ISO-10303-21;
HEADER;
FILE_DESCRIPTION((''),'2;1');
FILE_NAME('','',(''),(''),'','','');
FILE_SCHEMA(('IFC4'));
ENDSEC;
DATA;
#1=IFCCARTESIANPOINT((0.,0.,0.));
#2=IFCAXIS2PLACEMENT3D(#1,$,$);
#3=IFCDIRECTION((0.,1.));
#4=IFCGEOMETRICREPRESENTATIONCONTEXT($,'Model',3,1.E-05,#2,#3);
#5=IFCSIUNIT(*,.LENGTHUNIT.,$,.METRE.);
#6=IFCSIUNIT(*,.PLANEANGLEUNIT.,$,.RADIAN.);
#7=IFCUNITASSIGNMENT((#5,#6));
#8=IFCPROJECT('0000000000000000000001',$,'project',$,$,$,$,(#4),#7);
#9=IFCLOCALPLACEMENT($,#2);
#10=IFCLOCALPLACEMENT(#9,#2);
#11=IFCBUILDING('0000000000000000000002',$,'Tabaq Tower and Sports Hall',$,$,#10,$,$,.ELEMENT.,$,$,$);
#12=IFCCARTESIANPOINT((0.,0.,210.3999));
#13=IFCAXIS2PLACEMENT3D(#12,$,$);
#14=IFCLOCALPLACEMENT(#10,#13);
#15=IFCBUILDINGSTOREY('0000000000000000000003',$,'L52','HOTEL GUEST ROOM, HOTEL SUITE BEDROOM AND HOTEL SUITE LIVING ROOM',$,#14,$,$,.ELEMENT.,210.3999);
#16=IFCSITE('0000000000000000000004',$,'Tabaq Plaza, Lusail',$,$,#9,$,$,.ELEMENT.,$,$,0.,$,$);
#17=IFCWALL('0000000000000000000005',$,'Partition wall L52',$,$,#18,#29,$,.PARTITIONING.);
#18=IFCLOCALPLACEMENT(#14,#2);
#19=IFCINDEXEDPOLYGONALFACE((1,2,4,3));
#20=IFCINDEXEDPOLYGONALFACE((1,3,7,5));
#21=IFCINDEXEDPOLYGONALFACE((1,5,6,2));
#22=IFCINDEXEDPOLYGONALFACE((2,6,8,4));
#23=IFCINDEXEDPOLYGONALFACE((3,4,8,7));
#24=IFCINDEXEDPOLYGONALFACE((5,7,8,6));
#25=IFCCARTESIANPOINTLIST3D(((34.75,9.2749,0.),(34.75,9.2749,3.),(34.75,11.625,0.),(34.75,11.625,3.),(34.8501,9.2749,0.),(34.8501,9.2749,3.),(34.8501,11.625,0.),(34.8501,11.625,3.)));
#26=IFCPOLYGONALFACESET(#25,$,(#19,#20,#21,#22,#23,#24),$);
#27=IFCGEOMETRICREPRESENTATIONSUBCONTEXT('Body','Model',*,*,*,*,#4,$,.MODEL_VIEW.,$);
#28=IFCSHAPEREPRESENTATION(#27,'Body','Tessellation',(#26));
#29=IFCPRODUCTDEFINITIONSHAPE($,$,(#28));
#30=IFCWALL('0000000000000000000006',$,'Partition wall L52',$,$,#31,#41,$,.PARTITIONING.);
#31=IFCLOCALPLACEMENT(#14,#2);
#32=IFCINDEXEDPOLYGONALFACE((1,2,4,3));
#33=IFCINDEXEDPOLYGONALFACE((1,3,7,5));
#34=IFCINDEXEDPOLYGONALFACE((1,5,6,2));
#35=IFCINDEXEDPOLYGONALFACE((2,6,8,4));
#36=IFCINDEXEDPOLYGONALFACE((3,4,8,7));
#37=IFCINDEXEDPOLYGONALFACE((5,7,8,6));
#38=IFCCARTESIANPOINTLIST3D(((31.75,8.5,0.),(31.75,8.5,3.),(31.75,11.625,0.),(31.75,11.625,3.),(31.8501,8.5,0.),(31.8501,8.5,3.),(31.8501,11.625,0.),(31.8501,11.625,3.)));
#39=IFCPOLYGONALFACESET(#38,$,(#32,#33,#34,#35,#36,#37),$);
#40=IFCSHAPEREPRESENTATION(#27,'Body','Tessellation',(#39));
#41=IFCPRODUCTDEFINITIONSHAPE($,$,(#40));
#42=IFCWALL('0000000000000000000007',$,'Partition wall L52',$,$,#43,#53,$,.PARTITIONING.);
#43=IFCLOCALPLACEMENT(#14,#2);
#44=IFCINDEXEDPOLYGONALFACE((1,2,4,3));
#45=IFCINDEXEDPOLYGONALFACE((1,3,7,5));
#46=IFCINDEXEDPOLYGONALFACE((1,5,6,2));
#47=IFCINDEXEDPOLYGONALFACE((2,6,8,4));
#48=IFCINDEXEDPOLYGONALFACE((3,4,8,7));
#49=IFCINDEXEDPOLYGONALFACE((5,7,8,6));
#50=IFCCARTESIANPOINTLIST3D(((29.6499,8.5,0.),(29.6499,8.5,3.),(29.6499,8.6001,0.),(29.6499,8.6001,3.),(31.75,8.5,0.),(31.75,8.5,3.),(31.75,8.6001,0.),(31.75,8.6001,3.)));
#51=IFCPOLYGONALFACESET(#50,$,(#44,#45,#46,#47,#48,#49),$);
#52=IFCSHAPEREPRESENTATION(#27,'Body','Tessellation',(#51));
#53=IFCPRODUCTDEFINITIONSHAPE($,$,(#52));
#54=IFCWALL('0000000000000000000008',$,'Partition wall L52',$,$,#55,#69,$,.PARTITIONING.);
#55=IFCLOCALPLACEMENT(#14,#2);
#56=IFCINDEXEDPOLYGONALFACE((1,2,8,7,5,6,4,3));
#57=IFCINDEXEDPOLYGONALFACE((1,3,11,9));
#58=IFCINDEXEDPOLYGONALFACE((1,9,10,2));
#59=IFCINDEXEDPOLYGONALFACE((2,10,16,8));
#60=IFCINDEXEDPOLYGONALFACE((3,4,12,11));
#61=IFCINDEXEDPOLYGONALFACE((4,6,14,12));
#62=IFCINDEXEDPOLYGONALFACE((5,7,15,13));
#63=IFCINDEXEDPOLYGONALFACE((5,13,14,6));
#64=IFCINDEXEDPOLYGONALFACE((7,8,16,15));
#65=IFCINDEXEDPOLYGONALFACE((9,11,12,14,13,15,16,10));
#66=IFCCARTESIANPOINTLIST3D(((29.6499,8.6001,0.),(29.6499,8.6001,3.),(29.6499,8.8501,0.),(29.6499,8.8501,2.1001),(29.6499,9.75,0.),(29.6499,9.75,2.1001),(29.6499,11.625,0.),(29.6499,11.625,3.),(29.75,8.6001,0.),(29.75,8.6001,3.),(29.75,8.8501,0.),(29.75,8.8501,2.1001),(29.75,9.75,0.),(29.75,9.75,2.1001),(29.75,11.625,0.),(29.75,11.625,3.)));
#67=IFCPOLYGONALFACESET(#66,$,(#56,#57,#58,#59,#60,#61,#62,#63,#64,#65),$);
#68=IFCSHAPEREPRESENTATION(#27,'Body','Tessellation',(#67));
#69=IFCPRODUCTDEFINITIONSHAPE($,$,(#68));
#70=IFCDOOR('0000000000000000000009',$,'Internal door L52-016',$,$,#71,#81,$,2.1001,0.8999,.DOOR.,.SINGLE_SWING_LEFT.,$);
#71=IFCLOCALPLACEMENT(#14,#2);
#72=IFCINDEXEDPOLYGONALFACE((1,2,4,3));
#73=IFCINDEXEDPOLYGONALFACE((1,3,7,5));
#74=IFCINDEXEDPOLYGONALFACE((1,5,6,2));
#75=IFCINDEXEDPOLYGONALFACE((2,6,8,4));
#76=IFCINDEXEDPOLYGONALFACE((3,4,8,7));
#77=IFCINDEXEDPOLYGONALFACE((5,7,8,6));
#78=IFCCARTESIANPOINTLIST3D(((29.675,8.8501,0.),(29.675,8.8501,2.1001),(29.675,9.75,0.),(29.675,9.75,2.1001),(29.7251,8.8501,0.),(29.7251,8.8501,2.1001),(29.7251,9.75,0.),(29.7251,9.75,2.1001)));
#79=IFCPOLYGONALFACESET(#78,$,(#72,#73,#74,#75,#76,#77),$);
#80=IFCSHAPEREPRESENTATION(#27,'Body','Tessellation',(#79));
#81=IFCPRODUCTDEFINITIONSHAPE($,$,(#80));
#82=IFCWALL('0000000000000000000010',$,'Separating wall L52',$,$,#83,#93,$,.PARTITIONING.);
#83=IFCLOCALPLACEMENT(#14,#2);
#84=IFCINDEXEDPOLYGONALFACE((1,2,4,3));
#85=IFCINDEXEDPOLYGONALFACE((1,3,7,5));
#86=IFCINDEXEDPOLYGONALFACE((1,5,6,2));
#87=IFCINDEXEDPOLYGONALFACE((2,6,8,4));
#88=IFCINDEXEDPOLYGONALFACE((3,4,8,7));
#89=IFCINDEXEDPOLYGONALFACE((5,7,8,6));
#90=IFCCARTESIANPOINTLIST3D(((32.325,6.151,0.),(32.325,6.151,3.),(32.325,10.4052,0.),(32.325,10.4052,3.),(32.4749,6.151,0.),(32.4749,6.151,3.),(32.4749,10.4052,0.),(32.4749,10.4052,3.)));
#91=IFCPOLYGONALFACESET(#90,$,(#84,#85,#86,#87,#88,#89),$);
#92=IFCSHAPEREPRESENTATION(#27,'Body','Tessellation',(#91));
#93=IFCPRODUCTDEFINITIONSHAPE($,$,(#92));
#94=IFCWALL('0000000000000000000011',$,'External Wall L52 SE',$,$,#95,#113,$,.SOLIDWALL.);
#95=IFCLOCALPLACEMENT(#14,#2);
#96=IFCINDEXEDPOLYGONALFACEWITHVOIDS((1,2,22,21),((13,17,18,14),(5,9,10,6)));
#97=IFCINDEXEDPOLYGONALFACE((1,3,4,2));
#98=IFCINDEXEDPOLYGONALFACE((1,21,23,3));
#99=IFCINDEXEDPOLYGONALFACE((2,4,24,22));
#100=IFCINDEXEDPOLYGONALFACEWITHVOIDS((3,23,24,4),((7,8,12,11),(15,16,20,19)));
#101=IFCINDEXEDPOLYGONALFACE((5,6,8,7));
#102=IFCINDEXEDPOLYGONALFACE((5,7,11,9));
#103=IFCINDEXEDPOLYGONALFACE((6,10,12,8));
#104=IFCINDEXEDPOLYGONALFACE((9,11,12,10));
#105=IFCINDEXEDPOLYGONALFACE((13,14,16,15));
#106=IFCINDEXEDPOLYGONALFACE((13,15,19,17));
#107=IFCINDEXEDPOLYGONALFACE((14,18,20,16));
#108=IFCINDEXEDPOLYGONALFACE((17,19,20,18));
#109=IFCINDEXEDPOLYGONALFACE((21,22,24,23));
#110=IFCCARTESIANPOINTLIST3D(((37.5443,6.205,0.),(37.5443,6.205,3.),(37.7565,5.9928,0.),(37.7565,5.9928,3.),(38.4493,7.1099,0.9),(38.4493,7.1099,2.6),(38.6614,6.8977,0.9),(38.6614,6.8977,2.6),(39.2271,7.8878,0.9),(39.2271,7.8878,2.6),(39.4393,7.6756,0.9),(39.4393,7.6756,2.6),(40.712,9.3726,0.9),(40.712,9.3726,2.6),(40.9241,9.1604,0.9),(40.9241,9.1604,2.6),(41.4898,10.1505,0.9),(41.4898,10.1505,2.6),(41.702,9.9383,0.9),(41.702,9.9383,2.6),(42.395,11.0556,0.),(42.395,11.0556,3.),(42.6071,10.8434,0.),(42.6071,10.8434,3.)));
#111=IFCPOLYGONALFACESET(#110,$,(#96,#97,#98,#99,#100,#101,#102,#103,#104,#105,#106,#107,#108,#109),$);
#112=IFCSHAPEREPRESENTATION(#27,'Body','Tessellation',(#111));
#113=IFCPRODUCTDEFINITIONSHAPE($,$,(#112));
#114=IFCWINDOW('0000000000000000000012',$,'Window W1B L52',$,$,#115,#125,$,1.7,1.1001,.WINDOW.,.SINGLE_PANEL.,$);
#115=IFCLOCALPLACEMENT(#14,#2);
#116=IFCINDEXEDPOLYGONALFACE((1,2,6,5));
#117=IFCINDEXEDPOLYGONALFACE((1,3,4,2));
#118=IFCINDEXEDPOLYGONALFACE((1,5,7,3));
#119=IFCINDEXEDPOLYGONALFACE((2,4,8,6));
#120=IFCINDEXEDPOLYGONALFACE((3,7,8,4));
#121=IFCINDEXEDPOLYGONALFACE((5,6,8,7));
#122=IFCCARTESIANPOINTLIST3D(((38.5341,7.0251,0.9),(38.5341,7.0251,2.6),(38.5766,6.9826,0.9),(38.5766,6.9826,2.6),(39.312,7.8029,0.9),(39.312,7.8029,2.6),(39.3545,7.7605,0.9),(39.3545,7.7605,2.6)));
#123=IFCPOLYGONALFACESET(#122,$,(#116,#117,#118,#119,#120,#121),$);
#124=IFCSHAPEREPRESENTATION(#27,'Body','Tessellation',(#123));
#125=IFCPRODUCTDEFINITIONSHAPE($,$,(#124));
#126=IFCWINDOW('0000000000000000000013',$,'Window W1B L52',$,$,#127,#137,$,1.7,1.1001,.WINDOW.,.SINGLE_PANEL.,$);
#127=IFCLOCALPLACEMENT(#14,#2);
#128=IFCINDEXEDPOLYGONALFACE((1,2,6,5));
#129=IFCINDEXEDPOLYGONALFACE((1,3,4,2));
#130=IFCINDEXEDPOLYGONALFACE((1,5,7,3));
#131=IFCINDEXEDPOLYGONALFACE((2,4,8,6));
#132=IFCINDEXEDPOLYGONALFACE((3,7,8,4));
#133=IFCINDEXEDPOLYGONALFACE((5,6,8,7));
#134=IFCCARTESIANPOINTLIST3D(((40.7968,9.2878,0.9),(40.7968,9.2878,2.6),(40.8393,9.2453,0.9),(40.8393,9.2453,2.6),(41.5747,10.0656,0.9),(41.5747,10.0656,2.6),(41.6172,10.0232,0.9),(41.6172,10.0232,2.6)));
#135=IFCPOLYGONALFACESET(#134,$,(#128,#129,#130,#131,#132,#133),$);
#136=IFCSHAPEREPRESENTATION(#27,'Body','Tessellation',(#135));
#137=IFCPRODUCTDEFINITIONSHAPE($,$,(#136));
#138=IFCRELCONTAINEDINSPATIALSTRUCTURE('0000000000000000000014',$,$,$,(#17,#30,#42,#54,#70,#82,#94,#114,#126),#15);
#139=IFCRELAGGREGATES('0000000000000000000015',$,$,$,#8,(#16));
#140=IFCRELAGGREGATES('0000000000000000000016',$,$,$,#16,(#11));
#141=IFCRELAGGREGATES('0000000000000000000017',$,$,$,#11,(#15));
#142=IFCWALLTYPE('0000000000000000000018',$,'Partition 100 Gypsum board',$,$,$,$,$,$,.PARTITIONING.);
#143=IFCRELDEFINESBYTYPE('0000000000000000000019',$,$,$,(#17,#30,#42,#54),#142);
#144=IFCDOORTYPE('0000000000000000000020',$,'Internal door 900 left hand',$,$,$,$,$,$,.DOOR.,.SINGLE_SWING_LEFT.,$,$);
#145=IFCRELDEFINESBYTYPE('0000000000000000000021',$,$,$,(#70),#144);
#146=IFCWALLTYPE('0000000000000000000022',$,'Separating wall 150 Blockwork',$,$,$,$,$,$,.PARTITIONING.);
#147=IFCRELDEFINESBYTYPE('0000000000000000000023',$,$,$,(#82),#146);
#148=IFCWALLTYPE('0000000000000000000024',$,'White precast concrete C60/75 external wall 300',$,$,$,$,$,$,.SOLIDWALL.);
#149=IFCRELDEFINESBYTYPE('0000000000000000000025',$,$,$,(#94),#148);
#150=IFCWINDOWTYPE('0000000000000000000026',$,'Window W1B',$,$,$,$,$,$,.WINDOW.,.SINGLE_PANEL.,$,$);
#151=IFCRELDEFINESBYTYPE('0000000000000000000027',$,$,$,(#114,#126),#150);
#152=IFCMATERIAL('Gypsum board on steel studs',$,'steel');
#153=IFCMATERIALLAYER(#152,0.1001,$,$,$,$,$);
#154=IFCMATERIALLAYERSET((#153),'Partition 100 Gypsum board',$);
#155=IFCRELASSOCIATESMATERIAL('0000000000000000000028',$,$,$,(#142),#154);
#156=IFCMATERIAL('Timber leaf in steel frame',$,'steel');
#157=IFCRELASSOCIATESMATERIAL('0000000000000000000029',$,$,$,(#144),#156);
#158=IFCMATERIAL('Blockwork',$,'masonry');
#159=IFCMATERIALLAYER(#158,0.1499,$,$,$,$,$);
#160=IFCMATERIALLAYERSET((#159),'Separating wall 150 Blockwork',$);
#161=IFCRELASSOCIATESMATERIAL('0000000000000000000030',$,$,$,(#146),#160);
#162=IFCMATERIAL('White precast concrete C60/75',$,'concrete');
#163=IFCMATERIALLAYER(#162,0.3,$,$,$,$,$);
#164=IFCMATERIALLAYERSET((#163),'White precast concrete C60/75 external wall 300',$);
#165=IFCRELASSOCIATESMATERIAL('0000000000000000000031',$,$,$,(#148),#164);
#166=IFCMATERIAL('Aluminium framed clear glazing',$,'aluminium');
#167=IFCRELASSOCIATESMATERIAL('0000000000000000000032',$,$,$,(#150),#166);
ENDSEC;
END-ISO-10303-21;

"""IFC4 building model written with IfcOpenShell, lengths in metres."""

from ifc_helpers import new_model, si_unit, direction, frame, frame_2d, origin, place, context, subcontext, project, spatial, rectangle, extrude, material, layer, layer_set, type_object, element, fill, save


model = new_model("IFC4")

# Units and contexts
model_context = context("Model", 3, precision=1e-05, world=origin(), true_north=direction((0.0, 1.0)))
body_context = subcontext(model_context, "Body", "Model", "MODEL_VIEW")
ifc_project = project(units=[si_unit("LENGTHUNIT", "METRE"), si_unit("PLANEANGLEUNIT", "RADIAN")], contexts=[model_context])

# Site, building, storey
site_placement = place(None, origin())
site = spatial("IfcSite", under=ifc_project, at=site_placement, Name="Tabaq Plaza, Lusail", CompositionType="ELEMENT", RefElevation=0.0)
building_placement = place(site_placement, origin())
building = spatial("IfcBuilding", under=site, at=building_placement, Name="Tabaq Tower and Sports Hall", CompositionType="ELEMENT")
storey_placement = place(building_placement, frame((0.0, 0.0, 210.3999)))
storey = spatial("IfcBuildingStorey", under=building, at=storey_placement, Name="L52", Description="HOTEL GUEST ROOM, HOTEL SUITE BEDROOM AND HOTEL SUITE LIVING ROOM", CompositionType="ELEMENT", Elevation=210.3999)

# Shared definitions
ifc_material_1 = material(Name="Gypsum board on steel studs", Category="steel")
ifc_layer_1 = layer(ifc_material_1, 0.1001)
ifc_layer_set_1 = layer_set([ifc_layer_1], Name="Partition 100 Gypsum board")
wall_type_1 = type_object("IfcWallType", Name="Partition 100 Gypsum board", PredefinedType="PARTITIONING", material=ifc_layer_set_1)

# Shared definitions
ifc_material_2 = material(Name="Timber leaf in steel frame", Category="steel")
door_type_1 = type_object("IfcDoorType", Name="Internal door 900 left hand", OperationType="SINGLE_SWING_LEFT", PredefinedType="DOOR", material=ifc_material_2)

# Walls
wall_1_placement = place(storey_placement, frame((34.8, 9.2749, 0.0), z_axis=(0.0, 0.0, 1.0), x_axis=(0.0, 1.0, 0.0)))
element("IfcWall", 1, at=wall_1_placement, inside=storey, type_object=wall_type_1, Name="Partition wall L52", PredefinedType="PARTITIONING", context=body_context, shape_type="SweptSolid", body=[
    extrude(rectangle(XDim=2.3501, YDim=0.1001, at=frame_2d((1.175, 0.0))), origin(), (0.0, 0.0, 1.0), 3.0),
])
wall_2_placement = place(storey_placement, frame((31.8, 11.625, 0.0), z_axis=(0.0, 0.0, 1.0), x_axis=(0.0, -1.0, 0.0)))
element("IfcWall", 2, at=wall_2_placement, inside=storey, type_object=wall_type_1, Name="Partition wall L52", PredefinedType="PARTITIONING", context=body_context, shape_type="SweptSolid", body=[
    extrude(rectangle(XDim=3.125, YDim=0.1001, at=frame_2d((1.5625, 0.0))), origin(), (0.0, 0.0, 1.0), 3.0),
])
wall_3_placement = place(storey_placement, frame((31.75, 8.55, 0.0), z_axis=(0.0, 0.0, 1.0), x_axis=(-1.0, 0.0, 0.0)))
element("IfcWall", 3, at=wall_3_placement, inside=storey, type_object=wall_type_1, Name="Partition wall L52", PredefinedType="PARTITIONING", context=body_context, shape_type="SweptSolid", body=[
    extrude(rectangle(XDim=2.1001, YDim=0.1001, at=frame_2d((1.05, 0.0))), origin(), (0.0, 0.0, 1.0), 3.0),
])

# Wall, opening, door
wall_4_placement = place(storey_placement, frame((29.7, 8.6001, 0.0), z_axis=(0.0, 0.0, 1.0), x_axis=(0.0, 1.0, 0.0)))
wall_4 = element("IfcWall", 4, at=wall_4_placement, inside=storey, type_object=wall_type_1, Name="Partition wall L52", PredefinedType="PARTITIONING", context=body_context, shape_type="SweptSolid", body=[
    extrude(rectangle(XDim=3.0249, YDim=0.1001, at=frame_2d((1.5125, 0.0))), origin(), (0.0, 0.0, 1.0), 3.0),
])
opening_1_placement = place(wall_4_placement, frame((0.25, 0.0, 0.0)))
opening_1 = element("IfcOpeningElement", 5, at=opening_1_placement, cuts=wall_4, PredefinedType="OPENING", context=body_context, shape_type="SweptSolid", body=[
    extrude(rectangle(XDim=0.8999, YDim=2.1001, at=frame_2d((0.45, 1.05))), frame((0.0, 0.05, 0.0), z_axis=(0.0, -1.0, 0.0), x_axis=(1.0, 0.0, 0.0)), (0.0, 0.0, 1.0), 0.1001),
])
door_1_placement = place(opening_1_placement, origin())
door_1 = element("IfcDoor", 6, at=door_1_placement, inside=storey, type_object=door_type_1, Name="Internal door L52-016", OperationType="SINGLE_SWING_LEFT", OverallHeight=2.1001, OverallWidth=0.8999, PredefinedType="DOOR", context=body_context, shape_type="SweptSolid", body=[
    extrude(rectangle(XDim=0.8999, YDim=2.1001, at=frame_2d((0.45, 1.05))), frame((0.0, 0.0249, 0.0), z_axis=(0.0, -1.0, 0.0), x_axis=(1.0, 0.0, 0.0)), (0.0, 0.0, 1.0), 0.05),
])
fill(opening_1, door_1)

# Wall
ifc_material_3 = material(Name="Blockwork", Category="masonry")
ifc_layer_2 = layer(ifc_material_3, 0.1499)
ifc_layer_set_2 = layer_set([ifc_layer_2], Name="Separating wall 150 Blockwork")
wall_type_2 = type_object("IfcWallType", Name="Separating wall 150 Blockwork", PredefinedType="PARTITIONING", material=ifc_layer_set_2)
wall_5_placement = place(storey_placement, frame((32.3999, 10.405, 0.0), z_axis=(0.0, 0.0, 1.0), x_axis=(0.0, -1.0, 0.0)))
element("IfcWall", 7, at=wall_5_placement, inside=storey, type_object=wall_type_2, Name="Separating wall L52", PredefinedType="PARTITIONING", context=body_context, shape_type="SweptSolid", body=[
    extrude(rectangle(XDim=4.2542, YDim=0.1499, at=frame_2d((2.127, 0.0))), origin(), (0.0, 0.0, 1.0), 3.0),
])

# Wall, openings, windows
ifc_material_4 = material(Name="White precast concrete C60/75", Category="concrete")
ifc_layer_3 = layer(ifc_material_4, 0.3)
ifc_layer_set_3 = layer_set([ifc_layer_3], Name="White precast concrete C60/75 external wall 300")
wall_type_3 = type_object("IfcWallType", Name="White precast concrete C60/75 external wall 300", PredefinedType="SOLIDWALL", material=ifc_layer_set_3)
wall_6_placement = place(storey_placement, frame((37.6504, 6.0989, 0.0), z_axis=(0.0, 0.0, 1.0), x_axis=(0.707107, 0.707107, 0.0)))
wall_6 = element("IfcWall", 8, at=wall_6_placement, inside=storey, type_object=wall_type_3, Name="External Wall L52 SE", PredefinedType="SOLIDWALL", context=body_context, shape_type="SweptSolid", body=[
    extrude(rectangle(XDim=6.8599, YDim=0.3, at=frame_2d((3.4299, 0.0))), origin(), (0.0, 0.0, 1.0), 3.0),
])
opening_2_placement = place(wall_6_placement, frame((1.2798, 0.0, 0.8999)))
opening_2 = element("IfcOpeningElement", 9, at=opening_2_placement, cuts=wall_6, PredefinedType="OPENING", context=body_context, shape_type="SweptSolid", body=[
    extrude(rectangle(XDim=1.1001, YDim=1.7, at=frame_2d((0.55, 0.8501))), frame((0.0, 0.1602, 0.0), z_axis=(0.0, -1.0, 0.0), x_axis=(1.0, 0.0, 0.0)), (0.0, 0.0, 1.0), 0.3201),
])
opening_3_placement = place(wall_6_placement, frame((4.4797, 0.0, 0.8999)))
opening_3 = element("IfcOpeningElement", 10, at=opening_3_placement, cuts=wall_6, PredefinedType="OPENING", context=body_context, shape_type="SweptSolid", body=[
    extrude(rectangle(XDim=1.1001, YDim=1.7, at=frame_2d((0.55, 0.8501))), frame((0.0, 0.1602, 0.0), z_axis=(0.0, -1.0, 0.0), x_axis=(1.0, 0.0, 0.0)), (0.0, 0.0, 1.0), 0.3201),
])
ifc_material_5 = material(Name="Aluminium framed clear glazing", Category="aluminium")
window_type = type_object("IfcWindowType", Name="Window W1B", PartitioningType="SINGLE_PANEL", PredefinedType="WINDOW", material=ifc_material_5)
window_1_placement = place(opening_2_placement, origin())
window_1 = element("IfcWindow", 11, at=window_1_placement, inside=storey, type_object=window_type, Name="Window W1B L52", OverallHeight=1.7, OverallWidth=1.1001, PartitioningType="SINGLE_PANEL", PredefinedType="WINDOW", context=body_context, shape_type="SweptSolid", body=[
    extrude(rectangle(XDim=1.1001, YDim=1.7, at=frame_2d((0.55, 0.8501))), frame((0.0, 0.03, 0.0), z_axis=(0.0, -1.0, 0.0), x_axis=(1.0, 0.0, 0.0)), (0.0, 0.0, 1.0), 0.0601),
])
fill(opening_2, window_1)
window_2_placement = place(opening_3_placement, origin())
window_2 = element("IfcWindow", 12, at=window_2_placement, inside=storey, type_object=window_type, Name="Window W1B L52", OverallHeight=1.7, OverallWidth=1.1001, PartitioningType="SINGLE_PANEL", PredefinedType="WINDOW", context=body_context, shape_type="SweptSolid", body=[
    extrude(rectangle(XDim=1.1001, YDim=1.7, at=frame_2d((0.55, 0.8501))), frame((0.0, 0.03, 0.0), z_axis=(0.0, -1.0, 0.0), x_axis=(1.0, 0.0, 0.0)), (0.0, 0.0, 1.0), 0.0601),
])
fill(opening_3, window_2)

save(model, "model.ifc")
